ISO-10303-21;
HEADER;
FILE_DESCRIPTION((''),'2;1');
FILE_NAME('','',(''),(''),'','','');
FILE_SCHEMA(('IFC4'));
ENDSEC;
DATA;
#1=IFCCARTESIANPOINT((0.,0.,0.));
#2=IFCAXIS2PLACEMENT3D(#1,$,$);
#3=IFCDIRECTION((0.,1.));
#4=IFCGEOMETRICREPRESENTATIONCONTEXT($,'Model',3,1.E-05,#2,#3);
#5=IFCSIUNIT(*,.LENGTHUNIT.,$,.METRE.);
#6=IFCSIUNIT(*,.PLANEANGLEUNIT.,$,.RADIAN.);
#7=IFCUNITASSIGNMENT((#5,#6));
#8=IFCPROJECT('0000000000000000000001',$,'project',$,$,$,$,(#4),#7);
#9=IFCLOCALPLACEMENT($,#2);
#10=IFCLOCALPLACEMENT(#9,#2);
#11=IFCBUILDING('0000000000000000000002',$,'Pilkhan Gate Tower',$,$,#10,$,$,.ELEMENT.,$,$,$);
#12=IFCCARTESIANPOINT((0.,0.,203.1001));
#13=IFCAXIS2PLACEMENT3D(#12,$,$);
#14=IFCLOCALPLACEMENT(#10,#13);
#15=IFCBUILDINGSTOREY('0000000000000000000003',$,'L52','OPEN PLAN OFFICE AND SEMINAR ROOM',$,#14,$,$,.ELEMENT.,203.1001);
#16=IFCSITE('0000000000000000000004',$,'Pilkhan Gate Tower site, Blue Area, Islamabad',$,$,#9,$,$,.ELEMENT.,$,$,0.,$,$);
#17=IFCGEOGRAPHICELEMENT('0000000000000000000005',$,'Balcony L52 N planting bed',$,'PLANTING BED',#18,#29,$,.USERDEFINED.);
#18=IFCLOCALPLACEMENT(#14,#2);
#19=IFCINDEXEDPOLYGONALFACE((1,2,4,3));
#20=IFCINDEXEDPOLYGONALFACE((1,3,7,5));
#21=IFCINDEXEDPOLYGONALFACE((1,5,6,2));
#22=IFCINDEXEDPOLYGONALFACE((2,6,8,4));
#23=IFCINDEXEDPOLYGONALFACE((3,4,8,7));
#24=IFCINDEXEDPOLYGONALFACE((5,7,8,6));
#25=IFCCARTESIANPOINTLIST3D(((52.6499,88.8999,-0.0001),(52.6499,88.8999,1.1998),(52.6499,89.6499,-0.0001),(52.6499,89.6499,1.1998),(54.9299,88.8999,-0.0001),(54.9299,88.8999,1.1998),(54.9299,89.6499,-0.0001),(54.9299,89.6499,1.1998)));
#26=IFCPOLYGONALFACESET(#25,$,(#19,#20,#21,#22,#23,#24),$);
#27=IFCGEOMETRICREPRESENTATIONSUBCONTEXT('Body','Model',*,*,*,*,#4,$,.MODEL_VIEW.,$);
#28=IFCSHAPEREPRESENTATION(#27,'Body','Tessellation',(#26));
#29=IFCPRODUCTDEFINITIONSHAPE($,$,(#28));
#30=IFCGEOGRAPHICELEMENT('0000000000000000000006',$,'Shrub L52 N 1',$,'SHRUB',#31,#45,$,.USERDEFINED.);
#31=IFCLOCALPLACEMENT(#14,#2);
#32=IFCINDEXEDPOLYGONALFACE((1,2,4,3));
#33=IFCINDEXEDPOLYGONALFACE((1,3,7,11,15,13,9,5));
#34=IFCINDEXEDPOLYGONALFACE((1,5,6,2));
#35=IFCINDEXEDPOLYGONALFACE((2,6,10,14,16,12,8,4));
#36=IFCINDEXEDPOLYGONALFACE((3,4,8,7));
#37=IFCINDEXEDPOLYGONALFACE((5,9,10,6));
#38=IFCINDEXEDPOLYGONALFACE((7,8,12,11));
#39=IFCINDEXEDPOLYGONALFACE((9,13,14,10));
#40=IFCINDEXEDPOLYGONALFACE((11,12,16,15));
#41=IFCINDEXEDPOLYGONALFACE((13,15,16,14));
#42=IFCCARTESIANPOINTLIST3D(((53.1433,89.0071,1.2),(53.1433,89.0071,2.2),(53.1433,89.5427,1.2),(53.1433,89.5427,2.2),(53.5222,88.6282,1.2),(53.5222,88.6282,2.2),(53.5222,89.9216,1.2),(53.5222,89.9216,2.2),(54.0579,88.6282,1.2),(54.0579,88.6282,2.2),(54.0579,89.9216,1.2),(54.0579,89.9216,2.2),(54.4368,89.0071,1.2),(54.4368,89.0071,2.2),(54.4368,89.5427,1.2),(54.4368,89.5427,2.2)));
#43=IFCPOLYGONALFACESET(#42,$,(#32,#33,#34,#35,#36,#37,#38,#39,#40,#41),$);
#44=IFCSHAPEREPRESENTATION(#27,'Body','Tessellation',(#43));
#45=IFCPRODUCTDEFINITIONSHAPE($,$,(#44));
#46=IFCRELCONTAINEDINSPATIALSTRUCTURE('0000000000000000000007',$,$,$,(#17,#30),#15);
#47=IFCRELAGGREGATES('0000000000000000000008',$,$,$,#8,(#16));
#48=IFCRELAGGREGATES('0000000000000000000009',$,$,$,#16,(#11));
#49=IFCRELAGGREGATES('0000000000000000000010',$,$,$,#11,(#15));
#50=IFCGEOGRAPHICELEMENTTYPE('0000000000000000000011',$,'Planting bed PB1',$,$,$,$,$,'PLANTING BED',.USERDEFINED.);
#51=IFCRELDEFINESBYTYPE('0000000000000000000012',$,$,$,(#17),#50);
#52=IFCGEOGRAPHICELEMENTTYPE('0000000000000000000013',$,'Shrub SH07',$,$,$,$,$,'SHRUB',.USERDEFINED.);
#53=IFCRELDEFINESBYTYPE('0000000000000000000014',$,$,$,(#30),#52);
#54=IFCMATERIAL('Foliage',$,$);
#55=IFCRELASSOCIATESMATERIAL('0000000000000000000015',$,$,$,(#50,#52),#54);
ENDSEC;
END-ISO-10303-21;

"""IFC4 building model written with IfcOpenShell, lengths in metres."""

from ifc_helpers import new_model, si_unit, direction, frame, origin, origin_2d, place, context, subcontext, project, spatial, polyline, rectangle, outline, extrude, material, material_profile, profile_set, type_object, element, save


model = new_model("IFC4")

# Units and contexts
model_context = context("Model", 3, precision=1e-05, world=origin(), true_north=direction((0.0, 1.0)))
body_context = subcontext(model_context, "Body", "Model", "MODEL_VIEW")
ifc_project = project(units=[si_unit("LENGTHUNIT", "METRE"), si_unit("PLANEANGLEUNIT", "RADIAN")], contexts=[model_context])

# Site, building, storey
site_placement = place(None, origin())
site = spatial("IfcSite", under=ifc_project, at=site_placement, Name="Pilkhan Gate Tower site, Blue Area, Islamabad", CompositionType="ELEMENT", RefElevation=0.0)
building_placement = place(site_placement, origin())
building = spatial("IfcBuilding", under=site, at=building_placement, Name="Pilkhan Gate Tower", CompositionType="ELEMENT")
storey_placement = place(building_placement, frame((0.0, 0.0, 203.1001)))
storey = spatial("IfcBuildingStorey", under=building, at=storey_placement, Name="L52", Description="OPEN PLAN OFFICE AND SEMINAR ROOM", CompositionType="ELEMENT", Elevation=203.1001)

# Geographic elements
ifc_material_1 = material(Name="Foliage")
ifc_material_profile_1 = material_profile(ifc_material_1, rectangle(XDim=0.75, YDim=1.2, at=origin_2d()), Name="Bed 750x1200")
ifc_profile_set_1 = profile_set([ifc_material_profile_1], Name="Foliage")
geographic_element_type_1 = type_object("IfcGeographicElementType", Name="Planting bed PB1", ElementType="PLANTING BED", PredefinedType="USERDEFINED", material=ifc_profile_set_1)
geographic_element_1_placement = place(storey_placement, frame((52.6499, 89.2749, 0.5999), z_axis=(1.0, 0.0, 0.0), x_axis=(0.0, 1.0, 0.0)))
element("IfcGeographicElement", 1, at=geographic_element_1_placement, inside=storey, type_object=geographic_element_type_1, Name="Balcony L52 N planting bed", ObjectType="PLANTING BED", PredefinedType="USERDEFINED", context=body_context, shape_type="SweptSolid", body=[
    extrude(rectangle(XDim=0.75, YDim=1.2, at=origin_2d()), origin(), (0.0, 0.0, 1.0), 2.28),
])
ifc_material_profile_2 = material_profile(ifc_material_1, outline(polyline([(0.6467, 0.2678), (0.2678, 0.6467), (-0.2678, 0.6467), (-0.6467, 0.2678), (-0.6467, -0.2678), (-0.2678, -0.6467), (0.2678, -0.6467), (0.6467, -0.2678), (0.6467, 0.2678)])), Name="Shrub D1.4")
ifc_profile_set_2 = profile_set([ifc_material_profile_2], Name="Foliage")
geographic_element_type_2 = type_object("IfcGeographicElementType", Name="Shrub SH07", ElementType="SHRUB", PredefinedType="USERDEFINED", material=ifc_profile_set_2)
geographic_element_2_placement = place(storey_placement, frame((53.79, 89.2749, 1.2), z_axis=(0.0, 0.0, 1.0), x_axis=(1.0, 0.0, 0.0)))
element("IfcGeographicElement", 2, at=geographic_element_2_placement, inside=storey, type_object=geographic_element_type_2, Name="Shrub L52 N 1", ObjectType="SHRUB", PredefinedType="USERDEFINED", context=body_context, shape_type="SweptSolid", body=[
    extrude(outline(polyline([(0.6467, 0.2678), (0.2678, 0.6467), (-0.2678, 0.6467), (-0.6467, 0.2678), (-0.6467, -0.2678), (-0.2678, -0.6467), (0.2678, -0.6467), (0.6467, -0.2678), (0.6467, 0.2678)])), origin(), (0.0, 0.0, 1.0), 1.0),
])

save(model, "model.ifc")
